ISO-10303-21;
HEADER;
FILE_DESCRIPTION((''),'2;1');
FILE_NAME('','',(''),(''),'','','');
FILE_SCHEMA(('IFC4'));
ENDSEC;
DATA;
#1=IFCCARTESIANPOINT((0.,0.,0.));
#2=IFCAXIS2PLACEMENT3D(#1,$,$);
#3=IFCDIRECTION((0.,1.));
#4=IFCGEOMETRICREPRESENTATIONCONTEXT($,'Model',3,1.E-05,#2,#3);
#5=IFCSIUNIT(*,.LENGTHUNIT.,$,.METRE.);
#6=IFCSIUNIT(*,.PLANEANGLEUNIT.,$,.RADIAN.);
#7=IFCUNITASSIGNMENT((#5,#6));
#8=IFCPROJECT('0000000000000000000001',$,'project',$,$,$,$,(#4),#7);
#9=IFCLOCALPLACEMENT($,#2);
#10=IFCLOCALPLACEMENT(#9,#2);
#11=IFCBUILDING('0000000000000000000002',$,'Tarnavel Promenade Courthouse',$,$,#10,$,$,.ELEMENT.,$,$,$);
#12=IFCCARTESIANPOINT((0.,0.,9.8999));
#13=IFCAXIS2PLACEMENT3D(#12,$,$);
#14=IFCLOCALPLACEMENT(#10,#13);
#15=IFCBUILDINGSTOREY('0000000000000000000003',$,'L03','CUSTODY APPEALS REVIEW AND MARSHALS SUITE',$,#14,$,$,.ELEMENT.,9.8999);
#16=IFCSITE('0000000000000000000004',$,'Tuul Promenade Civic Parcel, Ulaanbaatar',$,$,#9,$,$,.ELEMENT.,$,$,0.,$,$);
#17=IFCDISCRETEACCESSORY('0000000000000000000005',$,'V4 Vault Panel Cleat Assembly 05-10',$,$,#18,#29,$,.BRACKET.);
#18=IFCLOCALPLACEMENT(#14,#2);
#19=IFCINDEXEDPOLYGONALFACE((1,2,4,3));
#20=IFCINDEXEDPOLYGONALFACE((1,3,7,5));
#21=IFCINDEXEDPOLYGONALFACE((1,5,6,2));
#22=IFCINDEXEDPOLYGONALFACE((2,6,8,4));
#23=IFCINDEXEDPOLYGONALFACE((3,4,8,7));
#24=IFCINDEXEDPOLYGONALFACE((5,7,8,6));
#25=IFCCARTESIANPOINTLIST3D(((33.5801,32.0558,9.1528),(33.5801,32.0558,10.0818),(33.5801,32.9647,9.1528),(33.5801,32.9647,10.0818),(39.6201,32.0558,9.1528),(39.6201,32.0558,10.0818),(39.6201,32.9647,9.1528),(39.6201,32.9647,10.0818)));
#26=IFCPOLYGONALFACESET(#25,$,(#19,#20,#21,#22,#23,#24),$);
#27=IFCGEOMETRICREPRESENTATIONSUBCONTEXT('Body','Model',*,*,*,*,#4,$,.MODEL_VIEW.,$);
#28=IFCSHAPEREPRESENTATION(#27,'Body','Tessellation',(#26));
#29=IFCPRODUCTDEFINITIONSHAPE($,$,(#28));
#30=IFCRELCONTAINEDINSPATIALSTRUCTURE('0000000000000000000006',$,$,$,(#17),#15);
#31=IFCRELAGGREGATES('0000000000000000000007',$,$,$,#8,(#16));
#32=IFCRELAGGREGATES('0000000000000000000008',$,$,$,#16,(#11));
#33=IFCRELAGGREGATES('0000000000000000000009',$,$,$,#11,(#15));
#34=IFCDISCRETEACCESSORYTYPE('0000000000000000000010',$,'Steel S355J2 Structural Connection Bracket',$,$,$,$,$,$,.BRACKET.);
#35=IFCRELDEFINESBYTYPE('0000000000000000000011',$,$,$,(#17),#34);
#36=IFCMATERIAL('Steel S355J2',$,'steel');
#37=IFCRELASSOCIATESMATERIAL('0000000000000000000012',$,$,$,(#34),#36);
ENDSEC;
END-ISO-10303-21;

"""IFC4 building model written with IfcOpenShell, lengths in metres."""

from ifc_helpers import new_model, si_unit, direction, frame, origin, origin_2d, place, context, subcontext, project, spatial, rectangle, extrude, material, type_object, element, save


model = new_model("IFC4")

# Units and contexts
model_context = context("Model", 3, precision=1e-05, world=origin(), true_north=direction((0.0, 1.0)))
body_context = subcontext(model_context, "Body", "Model", "MODEL_VIEW")
ifc_project = project(units=[si_unit("LENGTHUNIT", "METRE"), si_unit("PLANEANGLEUNIT", "RADIAN")], contexts=[model_context])

# Site, building, storey
site_placement = place(None, origin())
site = spatial("IfcSite", under=ifc_project, at=site_placement, Name="Tuul Promenade Civic Parcel, Ulaanbaatar", CompositionType="ELEMENT", RefElevation=0.0)
building_placement = place(site_placement, origin())
building = spatial("IfcBuilding", under=site, at=building_placement, Name="Tarnavel Promenade Courthouse", CompositionType="ELEMENT")
storey_placement = place(building_placement, frame((0.0, 0.0, 9.8999)))
storey = spatial("IfcBuildingStorey", under=building, at=storey_placement, Name="L03", Description="CUSTODY APPEALS REVIEW AND MARSHALS SUITE", CompositionType="ELEMENT", Elevation=9.8999)

# Shared definitions
ifc_material_1 = material(Name="Steel S355J2", Category="steel")

# Discrete accessory
discrete_accessory_type = type_object("IfcDiscreteAccessoryType", Name="Steel S355J2 Structural Connection Bracket", PredefinedType="BRACKET", material=ifc_material_1)
discrete_accessory_1_placement = place(storey_placement, frame((36.6001, 32.5103, 9.1528), z_axis=(0.0, 0.0, 1.0), x_axis=(1.0, 0.0, 0.0)))
element("IfcDiscreteAccessory", 1, at=discrete_accessory_1_placement, inside=storey, type_object=discrete_accessory_type, Name="V4 Vault Panel Cleat Assembly 05-10", PredefinedType="BRACKET", context=body_context, shape_type="SweptSolid", body=[
    extrude(rectangle(XDim=6.04, YDim=0.9089, at=origin_2d()), origin(), (0.0, 0.0, 1.0), 0.929),
])

save(model, "model.ifc")
